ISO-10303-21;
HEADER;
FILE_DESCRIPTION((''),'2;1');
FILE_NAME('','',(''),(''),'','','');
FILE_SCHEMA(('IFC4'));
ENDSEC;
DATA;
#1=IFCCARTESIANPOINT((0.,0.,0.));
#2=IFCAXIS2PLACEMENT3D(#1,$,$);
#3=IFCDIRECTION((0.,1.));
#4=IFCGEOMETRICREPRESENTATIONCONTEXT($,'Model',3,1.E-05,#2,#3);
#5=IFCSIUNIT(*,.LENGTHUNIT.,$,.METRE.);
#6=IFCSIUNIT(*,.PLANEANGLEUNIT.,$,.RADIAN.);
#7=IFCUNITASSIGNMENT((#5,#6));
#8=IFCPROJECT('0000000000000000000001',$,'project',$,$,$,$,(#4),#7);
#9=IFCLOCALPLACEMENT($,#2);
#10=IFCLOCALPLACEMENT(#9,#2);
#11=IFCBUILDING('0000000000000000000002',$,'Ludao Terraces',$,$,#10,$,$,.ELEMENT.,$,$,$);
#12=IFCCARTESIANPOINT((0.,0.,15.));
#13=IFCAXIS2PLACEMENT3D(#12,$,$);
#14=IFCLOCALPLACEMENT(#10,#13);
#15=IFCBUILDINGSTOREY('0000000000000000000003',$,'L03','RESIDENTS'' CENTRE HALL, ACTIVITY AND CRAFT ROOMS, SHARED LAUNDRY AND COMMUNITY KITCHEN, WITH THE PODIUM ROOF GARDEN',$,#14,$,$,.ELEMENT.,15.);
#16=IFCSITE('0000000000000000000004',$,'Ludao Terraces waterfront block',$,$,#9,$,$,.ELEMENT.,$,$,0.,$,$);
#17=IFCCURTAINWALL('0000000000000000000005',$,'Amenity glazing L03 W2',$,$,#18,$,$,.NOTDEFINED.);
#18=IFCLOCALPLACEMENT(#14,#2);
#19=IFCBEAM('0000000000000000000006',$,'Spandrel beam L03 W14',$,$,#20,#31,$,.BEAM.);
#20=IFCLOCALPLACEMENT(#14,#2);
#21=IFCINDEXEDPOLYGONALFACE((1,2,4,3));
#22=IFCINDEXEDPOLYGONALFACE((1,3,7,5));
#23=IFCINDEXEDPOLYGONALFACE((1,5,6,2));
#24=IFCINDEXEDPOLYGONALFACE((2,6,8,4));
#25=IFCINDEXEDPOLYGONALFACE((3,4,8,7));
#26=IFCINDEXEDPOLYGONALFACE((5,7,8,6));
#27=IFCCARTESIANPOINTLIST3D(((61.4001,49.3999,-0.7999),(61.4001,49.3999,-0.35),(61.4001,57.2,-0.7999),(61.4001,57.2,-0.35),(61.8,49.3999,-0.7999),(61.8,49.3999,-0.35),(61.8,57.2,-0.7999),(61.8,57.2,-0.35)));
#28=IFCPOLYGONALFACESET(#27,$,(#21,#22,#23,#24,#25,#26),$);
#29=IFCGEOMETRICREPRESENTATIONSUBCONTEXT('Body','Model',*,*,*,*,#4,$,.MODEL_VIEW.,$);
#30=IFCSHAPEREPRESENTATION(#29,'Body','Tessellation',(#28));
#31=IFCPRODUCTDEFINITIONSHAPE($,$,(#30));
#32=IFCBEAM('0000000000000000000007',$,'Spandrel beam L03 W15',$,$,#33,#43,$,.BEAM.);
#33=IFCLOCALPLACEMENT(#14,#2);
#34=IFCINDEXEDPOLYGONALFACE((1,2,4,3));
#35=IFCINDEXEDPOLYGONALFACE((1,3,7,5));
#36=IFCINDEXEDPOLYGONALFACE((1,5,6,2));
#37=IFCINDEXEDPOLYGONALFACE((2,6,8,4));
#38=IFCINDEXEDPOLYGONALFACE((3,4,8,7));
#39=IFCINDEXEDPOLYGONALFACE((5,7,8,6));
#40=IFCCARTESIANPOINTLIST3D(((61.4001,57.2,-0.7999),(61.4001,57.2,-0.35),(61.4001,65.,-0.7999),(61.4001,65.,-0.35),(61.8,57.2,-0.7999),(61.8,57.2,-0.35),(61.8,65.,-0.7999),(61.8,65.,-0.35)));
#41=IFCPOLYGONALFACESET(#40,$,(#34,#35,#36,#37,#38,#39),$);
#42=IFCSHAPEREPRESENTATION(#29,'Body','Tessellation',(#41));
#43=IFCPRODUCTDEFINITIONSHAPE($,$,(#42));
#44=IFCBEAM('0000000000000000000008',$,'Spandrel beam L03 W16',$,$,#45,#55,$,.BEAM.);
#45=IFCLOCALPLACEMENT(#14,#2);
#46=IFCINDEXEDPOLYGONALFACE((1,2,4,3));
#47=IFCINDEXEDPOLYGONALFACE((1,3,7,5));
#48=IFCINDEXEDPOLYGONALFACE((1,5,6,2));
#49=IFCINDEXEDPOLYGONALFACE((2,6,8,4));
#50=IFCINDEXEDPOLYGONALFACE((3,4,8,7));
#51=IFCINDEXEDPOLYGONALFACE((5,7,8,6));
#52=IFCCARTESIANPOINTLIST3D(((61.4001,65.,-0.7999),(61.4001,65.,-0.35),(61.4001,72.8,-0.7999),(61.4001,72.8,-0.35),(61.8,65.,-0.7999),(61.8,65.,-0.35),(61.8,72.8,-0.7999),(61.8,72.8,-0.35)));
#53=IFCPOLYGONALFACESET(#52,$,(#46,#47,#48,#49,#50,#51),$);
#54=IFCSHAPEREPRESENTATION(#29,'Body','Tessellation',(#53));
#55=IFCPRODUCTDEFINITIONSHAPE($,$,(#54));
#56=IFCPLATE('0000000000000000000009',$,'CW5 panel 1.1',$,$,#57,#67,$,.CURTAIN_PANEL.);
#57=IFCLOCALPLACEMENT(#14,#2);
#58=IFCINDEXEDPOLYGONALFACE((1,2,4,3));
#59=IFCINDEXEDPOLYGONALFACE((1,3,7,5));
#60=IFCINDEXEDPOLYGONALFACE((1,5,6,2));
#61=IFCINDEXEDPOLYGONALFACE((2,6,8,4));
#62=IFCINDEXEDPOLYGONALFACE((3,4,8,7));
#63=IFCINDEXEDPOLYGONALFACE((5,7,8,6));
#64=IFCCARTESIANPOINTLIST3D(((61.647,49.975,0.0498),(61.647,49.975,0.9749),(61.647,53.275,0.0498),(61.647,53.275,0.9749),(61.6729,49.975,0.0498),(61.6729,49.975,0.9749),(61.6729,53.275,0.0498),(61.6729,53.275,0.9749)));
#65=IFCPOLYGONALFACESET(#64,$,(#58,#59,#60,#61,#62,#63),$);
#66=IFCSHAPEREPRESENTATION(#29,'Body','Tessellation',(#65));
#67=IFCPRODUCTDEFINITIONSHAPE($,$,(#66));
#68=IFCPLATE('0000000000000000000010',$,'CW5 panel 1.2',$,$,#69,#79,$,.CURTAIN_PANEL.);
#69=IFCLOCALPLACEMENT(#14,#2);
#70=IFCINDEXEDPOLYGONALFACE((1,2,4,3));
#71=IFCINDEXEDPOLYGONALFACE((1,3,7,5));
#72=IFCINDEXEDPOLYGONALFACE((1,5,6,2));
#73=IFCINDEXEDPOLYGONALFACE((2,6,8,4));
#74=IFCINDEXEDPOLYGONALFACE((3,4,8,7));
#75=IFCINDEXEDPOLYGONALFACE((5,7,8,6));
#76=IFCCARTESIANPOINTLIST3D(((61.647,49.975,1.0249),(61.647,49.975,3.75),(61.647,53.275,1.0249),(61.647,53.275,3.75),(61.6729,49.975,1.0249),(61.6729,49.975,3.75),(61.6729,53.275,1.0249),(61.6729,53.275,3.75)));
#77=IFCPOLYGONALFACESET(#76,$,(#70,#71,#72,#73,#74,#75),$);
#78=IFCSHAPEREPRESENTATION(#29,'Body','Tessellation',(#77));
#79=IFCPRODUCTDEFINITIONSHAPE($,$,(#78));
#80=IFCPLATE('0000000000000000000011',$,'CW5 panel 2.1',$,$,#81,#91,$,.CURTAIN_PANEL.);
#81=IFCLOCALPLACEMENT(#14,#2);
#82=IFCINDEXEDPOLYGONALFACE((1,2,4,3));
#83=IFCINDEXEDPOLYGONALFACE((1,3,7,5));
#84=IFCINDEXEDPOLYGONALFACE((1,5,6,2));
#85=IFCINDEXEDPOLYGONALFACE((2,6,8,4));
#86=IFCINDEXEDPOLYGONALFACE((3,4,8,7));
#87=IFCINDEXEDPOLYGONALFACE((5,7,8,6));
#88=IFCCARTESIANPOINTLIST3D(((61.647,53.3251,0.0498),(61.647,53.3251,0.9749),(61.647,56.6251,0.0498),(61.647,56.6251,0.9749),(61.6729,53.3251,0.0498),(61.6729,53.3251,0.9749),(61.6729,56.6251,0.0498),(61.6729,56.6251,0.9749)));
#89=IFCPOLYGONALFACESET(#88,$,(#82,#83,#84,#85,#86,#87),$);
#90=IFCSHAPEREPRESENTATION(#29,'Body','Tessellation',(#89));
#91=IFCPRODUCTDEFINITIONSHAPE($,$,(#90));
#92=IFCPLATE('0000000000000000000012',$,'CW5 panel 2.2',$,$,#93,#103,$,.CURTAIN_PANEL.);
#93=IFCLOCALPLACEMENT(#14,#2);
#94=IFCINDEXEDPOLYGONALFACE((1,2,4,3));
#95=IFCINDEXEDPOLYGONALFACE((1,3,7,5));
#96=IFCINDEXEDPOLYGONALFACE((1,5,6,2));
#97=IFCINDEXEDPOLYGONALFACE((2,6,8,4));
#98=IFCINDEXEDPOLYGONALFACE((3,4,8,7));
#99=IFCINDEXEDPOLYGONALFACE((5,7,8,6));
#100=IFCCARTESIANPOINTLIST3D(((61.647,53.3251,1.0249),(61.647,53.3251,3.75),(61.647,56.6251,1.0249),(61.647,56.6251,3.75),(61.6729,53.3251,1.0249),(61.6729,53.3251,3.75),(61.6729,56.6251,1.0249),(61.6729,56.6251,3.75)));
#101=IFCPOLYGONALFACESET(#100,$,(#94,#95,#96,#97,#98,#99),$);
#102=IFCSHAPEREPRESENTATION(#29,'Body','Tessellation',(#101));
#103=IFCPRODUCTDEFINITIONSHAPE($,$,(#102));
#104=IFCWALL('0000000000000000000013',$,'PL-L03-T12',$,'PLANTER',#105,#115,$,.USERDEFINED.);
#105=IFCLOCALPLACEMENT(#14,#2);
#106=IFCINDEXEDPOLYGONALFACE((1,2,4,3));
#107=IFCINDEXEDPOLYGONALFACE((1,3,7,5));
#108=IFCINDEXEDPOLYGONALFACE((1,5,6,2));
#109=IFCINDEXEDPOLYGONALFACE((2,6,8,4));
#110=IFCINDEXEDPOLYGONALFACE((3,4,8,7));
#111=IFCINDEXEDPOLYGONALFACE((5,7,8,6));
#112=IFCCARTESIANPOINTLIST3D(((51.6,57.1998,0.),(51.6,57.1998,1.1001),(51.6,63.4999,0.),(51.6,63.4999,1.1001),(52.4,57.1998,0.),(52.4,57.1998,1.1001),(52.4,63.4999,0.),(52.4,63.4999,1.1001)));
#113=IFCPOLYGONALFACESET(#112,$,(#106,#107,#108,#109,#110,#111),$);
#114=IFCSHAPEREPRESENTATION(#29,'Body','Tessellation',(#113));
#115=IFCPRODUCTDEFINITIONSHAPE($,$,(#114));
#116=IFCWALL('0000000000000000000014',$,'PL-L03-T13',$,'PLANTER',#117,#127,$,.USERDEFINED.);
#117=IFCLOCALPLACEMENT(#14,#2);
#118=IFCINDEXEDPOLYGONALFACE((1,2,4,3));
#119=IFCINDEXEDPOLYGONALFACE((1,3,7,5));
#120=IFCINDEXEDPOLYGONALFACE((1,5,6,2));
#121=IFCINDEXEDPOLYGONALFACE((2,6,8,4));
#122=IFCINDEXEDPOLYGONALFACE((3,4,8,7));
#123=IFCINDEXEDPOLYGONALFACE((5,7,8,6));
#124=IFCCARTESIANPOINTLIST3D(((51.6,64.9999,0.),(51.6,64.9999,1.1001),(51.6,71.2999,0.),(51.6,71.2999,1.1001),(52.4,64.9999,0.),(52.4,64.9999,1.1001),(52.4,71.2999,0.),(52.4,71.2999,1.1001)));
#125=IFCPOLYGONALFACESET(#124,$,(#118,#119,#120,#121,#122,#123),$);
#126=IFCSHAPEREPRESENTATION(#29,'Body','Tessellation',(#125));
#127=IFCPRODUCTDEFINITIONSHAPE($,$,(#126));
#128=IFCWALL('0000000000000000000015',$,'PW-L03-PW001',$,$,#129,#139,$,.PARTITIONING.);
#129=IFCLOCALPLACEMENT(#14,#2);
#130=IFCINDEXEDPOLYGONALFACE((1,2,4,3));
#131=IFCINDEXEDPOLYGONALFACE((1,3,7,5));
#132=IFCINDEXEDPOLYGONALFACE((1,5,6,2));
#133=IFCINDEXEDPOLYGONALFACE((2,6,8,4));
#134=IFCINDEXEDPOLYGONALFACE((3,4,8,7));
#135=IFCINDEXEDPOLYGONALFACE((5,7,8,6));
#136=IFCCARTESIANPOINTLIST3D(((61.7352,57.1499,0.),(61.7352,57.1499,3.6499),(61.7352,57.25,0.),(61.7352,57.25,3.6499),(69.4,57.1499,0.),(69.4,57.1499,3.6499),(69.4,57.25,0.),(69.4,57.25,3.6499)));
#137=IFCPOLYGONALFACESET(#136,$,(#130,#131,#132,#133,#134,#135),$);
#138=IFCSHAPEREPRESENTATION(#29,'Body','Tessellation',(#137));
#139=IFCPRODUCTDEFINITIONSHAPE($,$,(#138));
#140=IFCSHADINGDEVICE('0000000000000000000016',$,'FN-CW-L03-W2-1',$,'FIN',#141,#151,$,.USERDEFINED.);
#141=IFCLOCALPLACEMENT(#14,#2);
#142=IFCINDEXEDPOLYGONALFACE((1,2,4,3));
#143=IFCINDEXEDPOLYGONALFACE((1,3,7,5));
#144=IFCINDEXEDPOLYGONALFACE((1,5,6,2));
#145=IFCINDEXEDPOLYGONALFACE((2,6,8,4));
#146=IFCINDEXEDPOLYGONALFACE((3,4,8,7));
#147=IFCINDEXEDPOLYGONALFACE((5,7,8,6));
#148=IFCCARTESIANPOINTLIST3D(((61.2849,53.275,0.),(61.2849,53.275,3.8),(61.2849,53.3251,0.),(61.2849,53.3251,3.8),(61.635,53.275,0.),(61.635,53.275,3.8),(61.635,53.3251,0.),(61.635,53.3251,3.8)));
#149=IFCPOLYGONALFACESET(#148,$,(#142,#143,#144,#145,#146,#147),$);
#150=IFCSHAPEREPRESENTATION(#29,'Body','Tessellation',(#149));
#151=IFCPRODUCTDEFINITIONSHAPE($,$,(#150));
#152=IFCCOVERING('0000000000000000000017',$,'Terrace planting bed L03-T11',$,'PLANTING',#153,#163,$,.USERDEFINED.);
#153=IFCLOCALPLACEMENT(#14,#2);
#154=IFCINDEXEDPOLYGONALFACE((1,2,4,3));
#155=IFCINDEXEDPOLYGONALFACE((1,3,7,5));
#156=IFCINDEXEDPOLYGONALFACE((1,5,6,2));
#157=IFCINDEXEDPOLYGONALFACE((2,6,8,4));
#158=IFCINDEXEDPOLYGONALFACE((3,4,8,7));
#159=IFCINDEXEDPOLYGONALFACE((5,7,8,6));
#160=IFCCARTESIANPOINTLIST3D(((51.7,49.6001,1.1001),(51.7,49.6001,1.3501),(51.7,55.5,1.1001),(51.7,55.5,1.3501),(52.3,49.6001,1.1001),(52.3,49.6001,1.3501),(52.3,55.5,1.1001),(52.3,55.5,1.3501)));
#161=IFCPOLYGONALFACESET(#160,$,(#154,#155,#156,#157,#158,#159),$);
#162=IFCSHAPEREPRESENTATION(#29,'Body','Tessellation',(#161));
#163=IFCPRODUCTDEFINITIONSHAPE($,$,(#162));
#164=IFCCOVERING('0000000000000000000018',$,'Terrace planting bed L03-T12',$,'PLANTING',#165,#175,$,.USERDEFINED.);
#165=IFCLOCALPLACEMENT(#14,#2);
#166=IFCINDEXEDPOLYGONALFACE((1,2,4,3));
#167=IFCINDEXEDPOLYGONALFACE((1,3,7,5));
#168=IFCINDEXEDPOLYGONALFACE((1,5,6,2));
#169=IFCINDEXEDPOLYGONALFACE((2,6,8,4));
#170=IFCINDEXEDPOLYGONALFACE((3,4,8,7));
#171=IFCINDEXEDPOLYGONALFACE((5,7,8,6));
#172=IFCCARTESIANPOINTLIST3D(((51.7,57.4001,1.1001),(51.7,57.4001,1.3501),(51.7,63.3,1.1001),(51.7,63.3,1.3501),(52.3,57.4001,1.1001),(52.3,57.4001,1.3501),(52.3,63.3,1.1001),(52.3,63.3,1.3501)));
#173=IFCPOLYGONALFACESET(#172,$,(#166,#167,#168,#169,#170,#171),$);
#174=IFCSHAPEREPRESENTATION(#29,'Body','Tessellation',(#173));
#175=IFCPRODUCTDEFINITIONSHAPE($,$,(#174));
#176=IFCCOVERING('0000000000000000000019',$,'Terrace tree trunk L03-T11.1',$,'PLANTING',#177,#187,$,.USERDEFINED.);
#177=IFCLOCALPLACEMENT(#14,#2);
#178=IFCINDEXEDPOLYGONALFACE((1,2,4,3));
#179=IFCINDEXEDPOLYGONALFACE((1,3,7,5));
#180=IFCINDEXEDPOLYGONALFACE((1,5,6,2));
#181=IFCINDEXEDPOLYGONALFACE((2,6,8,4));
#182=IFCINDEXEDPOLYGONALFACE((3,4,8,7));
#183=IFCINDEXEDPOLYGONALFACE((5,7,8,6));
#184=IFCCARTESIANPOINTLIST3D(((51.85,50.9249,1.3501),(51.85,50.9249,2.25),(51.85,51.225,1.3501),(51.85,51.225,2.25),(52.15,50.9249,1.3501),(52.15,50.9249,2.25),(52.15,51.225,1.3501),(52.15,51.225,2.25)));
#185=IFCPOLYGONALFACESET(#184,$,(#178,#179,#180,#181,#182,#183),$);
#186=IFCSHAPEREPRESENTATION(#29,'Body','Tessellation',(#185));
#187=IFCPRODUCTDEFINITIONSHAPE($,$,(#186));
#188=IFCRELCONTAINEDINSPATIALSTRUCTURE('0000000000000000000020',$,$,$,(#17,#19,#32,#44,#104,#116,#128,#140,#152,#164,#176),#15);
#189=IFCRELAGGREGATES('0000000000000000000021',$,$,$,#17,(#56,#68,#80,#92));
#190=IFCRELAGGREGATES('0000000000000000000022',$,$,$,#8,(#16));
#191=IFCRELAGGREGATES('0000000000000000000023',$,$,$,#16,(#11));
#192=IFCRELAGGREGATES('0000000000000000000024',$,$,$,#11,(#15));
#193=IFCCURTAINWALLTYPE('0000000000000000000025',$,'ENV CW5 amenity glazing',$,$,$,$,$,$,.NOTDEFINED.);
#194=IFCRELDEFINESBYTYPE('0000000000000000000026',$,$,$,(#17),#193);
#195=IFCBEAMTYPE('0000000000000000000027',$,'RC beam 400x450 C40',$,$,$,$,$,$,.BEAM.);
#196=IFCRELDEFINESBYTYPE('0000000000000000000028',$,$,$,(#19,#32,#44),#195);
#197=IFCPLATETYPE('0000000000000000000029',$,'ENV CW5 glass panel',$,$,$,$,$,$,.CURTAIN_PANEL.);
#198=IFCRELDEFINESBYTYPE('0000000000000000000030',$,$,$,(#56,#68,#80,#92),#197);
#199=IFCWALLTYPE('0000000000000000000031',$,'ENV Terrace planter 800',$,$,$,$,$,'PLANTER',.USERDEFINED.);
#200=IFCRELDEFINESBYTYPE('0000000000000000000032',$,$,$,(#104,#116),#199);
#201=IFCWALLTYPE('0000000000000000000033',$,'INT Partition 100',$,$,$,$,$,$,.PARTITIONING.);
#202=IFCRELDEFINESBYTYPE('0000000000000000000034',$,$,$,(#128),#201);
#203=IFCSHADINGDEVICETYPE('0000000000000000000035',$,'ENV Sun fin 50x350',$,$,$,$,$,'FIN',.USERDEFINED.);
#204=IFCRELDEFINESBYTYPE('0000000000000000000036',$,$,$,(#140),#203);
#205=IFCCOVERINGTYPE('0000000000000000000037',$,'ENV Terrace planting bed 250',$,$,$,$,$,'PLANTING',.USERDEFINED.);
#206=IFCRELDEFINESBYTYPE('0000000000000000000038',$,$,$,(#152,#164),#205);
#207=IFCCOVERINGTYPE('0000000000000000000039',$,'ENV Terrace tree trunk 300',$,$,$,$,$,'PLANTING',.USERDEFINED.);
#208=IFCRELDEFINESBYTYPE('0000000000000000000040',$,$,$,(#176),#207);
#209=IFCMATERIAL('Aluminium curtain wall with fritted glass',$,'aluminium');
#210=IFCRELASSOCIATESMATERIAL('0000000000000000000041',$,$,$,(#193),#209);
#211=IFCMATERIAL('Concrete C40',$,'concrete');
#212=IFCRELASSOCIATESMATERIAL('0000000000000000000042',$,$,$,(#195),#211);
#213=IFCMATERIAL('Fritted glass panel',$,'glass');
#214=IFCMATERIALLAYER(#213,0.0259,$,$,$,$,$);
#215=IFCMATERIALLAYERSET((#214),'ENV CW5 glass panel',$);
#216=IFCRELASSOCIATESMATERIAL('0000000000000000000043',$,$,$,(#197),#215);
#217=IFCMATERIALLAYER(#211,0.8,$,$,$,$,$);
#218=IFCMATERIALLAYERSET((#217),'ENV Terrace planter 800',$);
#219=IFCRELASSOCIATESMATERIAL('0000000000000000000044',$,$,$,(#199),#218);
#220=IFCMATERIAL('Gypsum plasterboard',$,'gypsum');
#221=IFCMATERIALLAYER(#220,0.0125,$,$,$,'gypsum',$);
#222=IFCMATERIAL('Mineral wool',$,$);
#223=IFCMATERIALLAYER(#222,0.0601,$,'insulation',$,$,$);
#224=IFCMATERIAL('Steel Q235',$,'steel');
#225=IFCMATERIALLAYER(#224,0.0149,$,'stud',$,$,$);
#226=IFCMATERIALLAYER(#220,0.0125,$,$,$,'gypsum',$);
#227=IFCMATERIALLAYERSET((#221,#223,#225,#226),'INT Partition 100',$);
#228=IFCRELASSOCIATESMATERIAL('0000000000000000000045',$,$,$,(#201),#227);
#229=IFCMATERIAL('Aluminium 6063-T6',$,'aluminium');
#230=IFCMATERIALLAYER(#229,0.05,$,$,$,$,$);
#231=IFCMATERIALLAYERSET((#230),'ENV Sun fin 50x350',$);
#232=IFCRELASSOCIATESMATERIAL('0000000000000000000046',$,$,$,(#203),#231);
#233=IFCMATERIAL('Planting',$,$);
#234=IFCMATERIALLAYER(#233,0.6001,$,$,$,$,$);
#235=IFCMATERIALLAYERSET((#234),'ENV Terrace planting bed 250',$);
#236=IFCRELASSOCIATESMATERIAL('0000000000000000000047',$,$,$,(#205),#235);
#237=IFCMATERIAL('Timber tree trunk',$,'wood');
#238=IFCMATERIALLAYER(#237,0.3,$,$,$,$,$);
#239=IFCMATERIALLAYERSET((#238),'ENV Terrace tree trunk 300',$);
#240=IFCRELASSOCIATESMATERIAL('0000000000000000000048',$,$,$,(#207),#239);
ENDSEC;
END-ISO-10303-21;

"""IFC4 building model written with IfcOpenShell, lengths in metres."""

from ifc_helpers import new_model, si_unit, direction, frame, frame_2d, origin, origin_2d, place, context, subcontext, project, spatial, rectangle, extrude, material, layer, layer_set, material_profile, profile_set, type_object, element, aggregate, save


model = new_model("IFC4")

# Units and contexts
model_context = context("Model", 3, precision=1e-05, world=origin(), true_north=direction((0.0, 1.0)))
body_context = subcontext(model_context, "Body", "Model", "MODEL_VIEW")
ifc_project = project(units=[si_unit("LENGTHUNIT", "METRE"), si_unit("PLANEANGLEUNIT", "RADIAN")], contexts=[model_context])

# Site, building, storey
site_placement = place(None, origin())
site = spatial("IfcSite", under=ifc_project, at=site_placement, Name="Ludao Terraces waterfront block", CompositionType="ELEMENT", RefElevation=0.0)
building_placement = place(site_placement, origin())
building = spatial("IfcBuilding", under=site, at=building_placement, Name="Ludao Terraces", CompositionType="ELEMENT")
storey_placement = place(building_placement, frame((0.0, 0.0, 15.0)))
storey = spatial("IfcBuildingStorey", under=building, at=storey_placement, Name="L03", Description="RESIDENTS' CENTRE HALL, ACTIVITY AND CRAFT ROOMS, SHARED LAUNDRY AND COMMUNITY KITCHEN, WITH THE PODIUM ROOF GARDEN", CompositionType="ELEMENT", Elevation=15.0)

# Curtain wall
ifc_material_1 = material(Name="Aluminium curtain wall with fritted glass", Category="aluminium")
curtain_wall_type = type_object("IfcCurtainWallType", Name="ENV CW5 amenity glazing", PredefinedType="NOTDEFINED", material=ifc_material_1)
curtain_wall_1_placement = place(storey_placement, origin())
curtain_wall_1 = element("IfcCurtainWall", 1, at=curtain_wall_1_placement, inside=storey, type_object=curtain_wall_type, Name="Amenity glazing L03 W2", PredefinedType="NOTDEFINED")
ifc_material_2 = material(Name="Aluminium 6063-T6", Category="aluminium")

# Beams
ifc_material_3 = material(Name="Concrete C40", Category="concrete")
ifc_material_profile_1 = material_profile(ifc_material_3, rectangle(XDim=0.3999, YDim=0.45, at=origin_2d()), Name="400 X 450")
ifc_profile_set_1 = profile_set([ifc_material_profile_1], Name="Concrete C40")
beam_type = type_object("IfcBeamType", Name="RC beam 400x450 C40", PredefinedType="BEAM", material=ifc_profile_set_1)
for number, where, z_axis, x_axis, name in (
    (2, (61.6001, 49.3999, -0.575), (0.0, 1.0, 0.0), (-1.0, 0.0, 0.0), "Spandrel beam L03 W14"),
    (3, (61.6001, 57.2, -0.575), (0.0, 1.0, 0.0), (-1.0, 0.0, 0.0), "Spandrel beam L03 W15"),
    (4, (61.6001, 65.0, -0.575), (0.0, 1.0, 0.0), (-1.0, 0.0, 0.0), "Spandrel beam L03 W16"),
):
    element("IfcBeam", number, at=place(storey_placement, frame(where, z_axis=z_axis, x_axis=x_axis)), inside=storey, type_object=beam_type, Name=name, PredefinedType="BEAM", context=body_context, shape_type="SweptSolid", body=[
        extrude(rectangle(XDim=0.3999, YDim=0.45, at=origin_2d()), origin(), (0.0, 0.0, 1.0), 7.8),
    ])

# Plates
ifc_material_4 = material(Name="Fritted glass panel", Category="glass")
ifc_layer_1 = layer(ifc_material_4, 0.0259)
ifc_layer_set_1 = layer_set([ifc_layer_1], Name="ENV CW5 glass panel")
plate_type = type_object("IfcPlateType", Name="ENV CW5 glass panel", PredefinedType="CURTAIN_PANEL", material=ifc_layer_set_1)
plate_1_placement = place(storey_placement, frame((61.6599, 51.625, 0.0498), z_axis=(0.0, 0.0, 1.0), x_axis=(0.0, 1.0, 0.0)))
plate_1 = element("IfcPlate", 5, at=plate_1_placement, type_object=plate_type, Name="CW5 panel 1.1", PredefinedType="CURTAIN_PANEL", context=body_context, shape_type="SweptSolid", body=[
    extrude(rectangle(XDim=3.3, YDim=0.0259, at=origin_2d()), origin(), (0.0, 0.0, 1.0), 0.925),
])
plate_2_placement = place(storey_placement, frame((61.6599, 51.625, 1.0249), z_axis=(0.0, 0.0, 1.0), x_axis=(0.0, 1.0, 0.0)))
plate_2 = element("IfcPlate", 6, at=plate_2_placement, type_object=plate_type, Name="CW5 panel 1.2", PredefinedType="CURTAIN_PANEL", context=body_context, shape_type="SweptSolid", body=[
    extrude(rectangle(XDim=3.3, YDim=0.0259, at=origin_2d()), origin(), (0.0, 0.0, 1.0), 2.7251),
])
plate_3_placement = place(storey_placement, frame((61.6599, 54.9751, 0.0498), z_axis=(0.0, 0.0, 1.0), x_axis=(0.0, 1.0, 0.0)))
plate_3 = element("IfcPlate", 7, at=plate_3_placement, type_object=plate_type, Name="CW5 panel 2.1", PredefinedType="CURTAIN_PANEL", context=body_context, shape_type="SweptSolid", body=[
    extrude(rectangle(XDim=3.3, YDim=0.0259, at=origin_2d()), origin(), (0.0, 0.0, 1.0), 0.925),
])
plate_4_placement = place(storey_placement, frame((61.6599, 54.9751, 1.0249), z_axis=(0.0, 0.0, 1.0), x_axis=(0.0, 1.0, 0.0)))
plate_4 = element("IfcPlate", 8, at=plate_4_placement, type_object=plate_type, Name="CW5 panel 2.2", PredefinedType="CURTAIN_PANEL", context=body_context, shape_type="SweptSolid", body=[
    extrude(rectangle(XDim=3.3, YDim=0.0259, at=origin_2d()), origin(), (0.0, 0.0, 1.0), 2.7251),
])
aggregate(curtain_wall_1, [plate_1, plate_2, plate_3, plate_4])

# Shared definitions
ifc_material_5 = material(Name="Mineral wool")

# Walls
ifc_layer_2 = layer(ifc_material_3, 0.8)
ifc_layer_set_2 = layer_set([ifc_layer_2], Name="ENV Terrace planter 800")
wall_type_1 = type_object("IfcWallType", Name="ENV Terrace planter 800", ElementType="PLANTER", PredefinedType="USERDEFINED", material=ifc_layer_set_2)
for number, where, z_axis, x_axis, name in (
    (9, (52.0, 57.2, 0.0), (0.0, 0.0, 1.0), (0.0, 1.0, 0.0), "PL-L03-T12"),
    (10, (52.0, 65.0, 0.0), (0.0, 0.0, 1.0), (0.0, 1.0, 0.0), "PL-L03-T13"),
):
    element("IfcWall", number, at=place(storey_placement, frame(where, z_axis=z_axis, x_axis=x_axis)), inside=storey, type_object=wall_type_1, Name=name, ObjectType="PLANTER", PredefinedType="USERDEFINED", context=body_context, shape_type="SweptSolid", body=[
        extrude(rectangle(XDim=6.3, YDim=0.8, at=frame_2d((3.1499, 0.0))), origin(), (0.0, 0.0, 1.0), 1.1001),
    ])
ifc_material_6 = material(Name="Gypsum plasterboard", Category="gypsum")
ifc_layer_3 = layer(ifc_material_6, 0.0125, Category="gypsum")
ifc_layer_4 = layer(ifc_material_5, 0.0601, Name="insulation")
ifc_material_7 = material(Name="Steel Q235", Category="steel")
ifc_layer_5 = layer(ifc_material_7, 0.0149, Name="stud")
ifc_layer_6 = layer(ifc_material_6, 0.0125, Category="gypsum")
ifc_layer_set_3 = layer_set([ifc_layer_3, ifc_layer_4, ifc_layer_5, ifc_layer_6], Name="INT Partition 100")
wall_type_2 = type_object("IfcWallType", Name="INT Partition 100", PredefinedType="PARTITIONING", material=ifc_layer_set_3)
wall_1_placement = place(storey_placement, frame((61.7351, 57.2, 0.0), z_axis=(0.0, 0.0, 1.0), x_axis=(1.0, 0.0, 0.0)))
element("IfcWall", 11, at=wall_1_placement, inside=storey, type_object=wall_type_2, Name="PW-L03-PW001", PredefinedType="PARTITIONING", context=body_context, shape_type="SweptSolid", body=[
    extrude(rectangle(XDim=7.6648, YDim=0.1001, at=frame_2d((3.8325, 0.0))), origin(), (0.0, 0.0, 1.0), 3.6499),
])

# Shading device
ifc_layer_7 = layer(ifc_material_2, 0.05)
ifc_layer_set_4 = layer_set([ifc_layer_7], Name="ENV Sun fin 50x350")
shading_device_type = type_object("IfcShadingDeviceType", Name="ENV Sun fin 50x350", ElementType="FIN", PredefinedType="USERDEFINED", material=ifc_layer_set_4)
shading_device_placement = place(storey_placement, frame((61.46, 53.3, 0.0), z_axis=(0.0, 0.0, 1.0), x_axis=(1.0, 0.0, 0.0)))
element("IfcShadingDevice", 12, at=shading_device_placement, inside=storey, type_object=shading_device_type, Name="FN-CW-L03-W2-1", ObjectType="FIN", PredefinedType="USERDEFINED", context=body_context, shape_type="SweptSolid", body=[
    extrude(rectangle(XDim=0.3501, YDim=0.05, at=origin_2d()), origin(), (0.0, 0.0, 1.0), 3.8),
])

# Coverings
ifc_material_8 = material(Name="Planting")
ifc_layer_8 = layer(ifc_material_8, 0.6001)
ifc_layer_set_5 = layer_set([ifc_layer_8], Name="ENV Terrace planting bed 250")
covering_type_1 = type_object("IfcCoveringType", Name="ENV Terrace planting bed 250", ElementType="PLANTING", PredefinedType="USERDEFINED", material=ifc_layer_set_5)
for number, where, z_axis, x_axis, name in (
    (13, (52.0, 52.55, 1.1001), (0.0, 0.0, 1.0), (1.0, 0.0, 0.0), "Terrace planting bed L03-T11"),
    (14, (52.0, 60.3501, 1.1001), (0.0, 0.0, 1.0), (1.0, 0.0, 0.0), "Terrace planting bed L03-T12"),
):
    element("IfcCovering", number, at=place(storey_placement, frame(where, z_axis=z_axis, x_axis=x_axis)), inside=storey, type_object=covering_type_1, Name=name, ObjectType="PLANTING", PredefinedType="USERDEFINED", context=body_context, shape_type="SweptSolid", body=[
        extrude(rectangle(XDim=0.6001, YDim=5.8999, at=origin_2d()), origin(), (0.0, 0.0, 1.0), 0.25),
    ])
ifc_material_9 = material(Name="Timber tree trunk", Category="wood")
ifc_layer_9 = layer(ifc_material_9, 0.3)
ifc_layer_set_6 = layer_set([ifc_layer_9], Name="ENV Terrace tree trunk 300")
covering_type_2 = type_object("IfcCoveringType", Name="ENV Terrace tree trunk 300", ElementType="PLANTING", PredefinedType="USERDEFINED", material=ifc_layer_set_6)
for number, where, z_axis, x_axis, name in (
    (15, (52.0, 51.075, 1.3501), (0.0, 0.0, 1.0), (1.0, 0.0, 0.0), "Terrace tree trunk L03-T11.1"),
):
    element("IfcCovering", number, at=place(storey_placement, frame(where, z_axis=z_axis, x_axis=x_axis)), inside=storey, type_object=covering_type_2, Name=name, ObjectType="PLANTING", PredefinedType="USERDEFINED", context=body_context, shape_type="SweptSolid", body=[
        extrude(rectangle(XDim=0.3, YDim=0.3, at=origin_2d()), origin(), (0.0, 0.0, 1.0), 0.8999),
    ])

save(model, "model.ifc")
